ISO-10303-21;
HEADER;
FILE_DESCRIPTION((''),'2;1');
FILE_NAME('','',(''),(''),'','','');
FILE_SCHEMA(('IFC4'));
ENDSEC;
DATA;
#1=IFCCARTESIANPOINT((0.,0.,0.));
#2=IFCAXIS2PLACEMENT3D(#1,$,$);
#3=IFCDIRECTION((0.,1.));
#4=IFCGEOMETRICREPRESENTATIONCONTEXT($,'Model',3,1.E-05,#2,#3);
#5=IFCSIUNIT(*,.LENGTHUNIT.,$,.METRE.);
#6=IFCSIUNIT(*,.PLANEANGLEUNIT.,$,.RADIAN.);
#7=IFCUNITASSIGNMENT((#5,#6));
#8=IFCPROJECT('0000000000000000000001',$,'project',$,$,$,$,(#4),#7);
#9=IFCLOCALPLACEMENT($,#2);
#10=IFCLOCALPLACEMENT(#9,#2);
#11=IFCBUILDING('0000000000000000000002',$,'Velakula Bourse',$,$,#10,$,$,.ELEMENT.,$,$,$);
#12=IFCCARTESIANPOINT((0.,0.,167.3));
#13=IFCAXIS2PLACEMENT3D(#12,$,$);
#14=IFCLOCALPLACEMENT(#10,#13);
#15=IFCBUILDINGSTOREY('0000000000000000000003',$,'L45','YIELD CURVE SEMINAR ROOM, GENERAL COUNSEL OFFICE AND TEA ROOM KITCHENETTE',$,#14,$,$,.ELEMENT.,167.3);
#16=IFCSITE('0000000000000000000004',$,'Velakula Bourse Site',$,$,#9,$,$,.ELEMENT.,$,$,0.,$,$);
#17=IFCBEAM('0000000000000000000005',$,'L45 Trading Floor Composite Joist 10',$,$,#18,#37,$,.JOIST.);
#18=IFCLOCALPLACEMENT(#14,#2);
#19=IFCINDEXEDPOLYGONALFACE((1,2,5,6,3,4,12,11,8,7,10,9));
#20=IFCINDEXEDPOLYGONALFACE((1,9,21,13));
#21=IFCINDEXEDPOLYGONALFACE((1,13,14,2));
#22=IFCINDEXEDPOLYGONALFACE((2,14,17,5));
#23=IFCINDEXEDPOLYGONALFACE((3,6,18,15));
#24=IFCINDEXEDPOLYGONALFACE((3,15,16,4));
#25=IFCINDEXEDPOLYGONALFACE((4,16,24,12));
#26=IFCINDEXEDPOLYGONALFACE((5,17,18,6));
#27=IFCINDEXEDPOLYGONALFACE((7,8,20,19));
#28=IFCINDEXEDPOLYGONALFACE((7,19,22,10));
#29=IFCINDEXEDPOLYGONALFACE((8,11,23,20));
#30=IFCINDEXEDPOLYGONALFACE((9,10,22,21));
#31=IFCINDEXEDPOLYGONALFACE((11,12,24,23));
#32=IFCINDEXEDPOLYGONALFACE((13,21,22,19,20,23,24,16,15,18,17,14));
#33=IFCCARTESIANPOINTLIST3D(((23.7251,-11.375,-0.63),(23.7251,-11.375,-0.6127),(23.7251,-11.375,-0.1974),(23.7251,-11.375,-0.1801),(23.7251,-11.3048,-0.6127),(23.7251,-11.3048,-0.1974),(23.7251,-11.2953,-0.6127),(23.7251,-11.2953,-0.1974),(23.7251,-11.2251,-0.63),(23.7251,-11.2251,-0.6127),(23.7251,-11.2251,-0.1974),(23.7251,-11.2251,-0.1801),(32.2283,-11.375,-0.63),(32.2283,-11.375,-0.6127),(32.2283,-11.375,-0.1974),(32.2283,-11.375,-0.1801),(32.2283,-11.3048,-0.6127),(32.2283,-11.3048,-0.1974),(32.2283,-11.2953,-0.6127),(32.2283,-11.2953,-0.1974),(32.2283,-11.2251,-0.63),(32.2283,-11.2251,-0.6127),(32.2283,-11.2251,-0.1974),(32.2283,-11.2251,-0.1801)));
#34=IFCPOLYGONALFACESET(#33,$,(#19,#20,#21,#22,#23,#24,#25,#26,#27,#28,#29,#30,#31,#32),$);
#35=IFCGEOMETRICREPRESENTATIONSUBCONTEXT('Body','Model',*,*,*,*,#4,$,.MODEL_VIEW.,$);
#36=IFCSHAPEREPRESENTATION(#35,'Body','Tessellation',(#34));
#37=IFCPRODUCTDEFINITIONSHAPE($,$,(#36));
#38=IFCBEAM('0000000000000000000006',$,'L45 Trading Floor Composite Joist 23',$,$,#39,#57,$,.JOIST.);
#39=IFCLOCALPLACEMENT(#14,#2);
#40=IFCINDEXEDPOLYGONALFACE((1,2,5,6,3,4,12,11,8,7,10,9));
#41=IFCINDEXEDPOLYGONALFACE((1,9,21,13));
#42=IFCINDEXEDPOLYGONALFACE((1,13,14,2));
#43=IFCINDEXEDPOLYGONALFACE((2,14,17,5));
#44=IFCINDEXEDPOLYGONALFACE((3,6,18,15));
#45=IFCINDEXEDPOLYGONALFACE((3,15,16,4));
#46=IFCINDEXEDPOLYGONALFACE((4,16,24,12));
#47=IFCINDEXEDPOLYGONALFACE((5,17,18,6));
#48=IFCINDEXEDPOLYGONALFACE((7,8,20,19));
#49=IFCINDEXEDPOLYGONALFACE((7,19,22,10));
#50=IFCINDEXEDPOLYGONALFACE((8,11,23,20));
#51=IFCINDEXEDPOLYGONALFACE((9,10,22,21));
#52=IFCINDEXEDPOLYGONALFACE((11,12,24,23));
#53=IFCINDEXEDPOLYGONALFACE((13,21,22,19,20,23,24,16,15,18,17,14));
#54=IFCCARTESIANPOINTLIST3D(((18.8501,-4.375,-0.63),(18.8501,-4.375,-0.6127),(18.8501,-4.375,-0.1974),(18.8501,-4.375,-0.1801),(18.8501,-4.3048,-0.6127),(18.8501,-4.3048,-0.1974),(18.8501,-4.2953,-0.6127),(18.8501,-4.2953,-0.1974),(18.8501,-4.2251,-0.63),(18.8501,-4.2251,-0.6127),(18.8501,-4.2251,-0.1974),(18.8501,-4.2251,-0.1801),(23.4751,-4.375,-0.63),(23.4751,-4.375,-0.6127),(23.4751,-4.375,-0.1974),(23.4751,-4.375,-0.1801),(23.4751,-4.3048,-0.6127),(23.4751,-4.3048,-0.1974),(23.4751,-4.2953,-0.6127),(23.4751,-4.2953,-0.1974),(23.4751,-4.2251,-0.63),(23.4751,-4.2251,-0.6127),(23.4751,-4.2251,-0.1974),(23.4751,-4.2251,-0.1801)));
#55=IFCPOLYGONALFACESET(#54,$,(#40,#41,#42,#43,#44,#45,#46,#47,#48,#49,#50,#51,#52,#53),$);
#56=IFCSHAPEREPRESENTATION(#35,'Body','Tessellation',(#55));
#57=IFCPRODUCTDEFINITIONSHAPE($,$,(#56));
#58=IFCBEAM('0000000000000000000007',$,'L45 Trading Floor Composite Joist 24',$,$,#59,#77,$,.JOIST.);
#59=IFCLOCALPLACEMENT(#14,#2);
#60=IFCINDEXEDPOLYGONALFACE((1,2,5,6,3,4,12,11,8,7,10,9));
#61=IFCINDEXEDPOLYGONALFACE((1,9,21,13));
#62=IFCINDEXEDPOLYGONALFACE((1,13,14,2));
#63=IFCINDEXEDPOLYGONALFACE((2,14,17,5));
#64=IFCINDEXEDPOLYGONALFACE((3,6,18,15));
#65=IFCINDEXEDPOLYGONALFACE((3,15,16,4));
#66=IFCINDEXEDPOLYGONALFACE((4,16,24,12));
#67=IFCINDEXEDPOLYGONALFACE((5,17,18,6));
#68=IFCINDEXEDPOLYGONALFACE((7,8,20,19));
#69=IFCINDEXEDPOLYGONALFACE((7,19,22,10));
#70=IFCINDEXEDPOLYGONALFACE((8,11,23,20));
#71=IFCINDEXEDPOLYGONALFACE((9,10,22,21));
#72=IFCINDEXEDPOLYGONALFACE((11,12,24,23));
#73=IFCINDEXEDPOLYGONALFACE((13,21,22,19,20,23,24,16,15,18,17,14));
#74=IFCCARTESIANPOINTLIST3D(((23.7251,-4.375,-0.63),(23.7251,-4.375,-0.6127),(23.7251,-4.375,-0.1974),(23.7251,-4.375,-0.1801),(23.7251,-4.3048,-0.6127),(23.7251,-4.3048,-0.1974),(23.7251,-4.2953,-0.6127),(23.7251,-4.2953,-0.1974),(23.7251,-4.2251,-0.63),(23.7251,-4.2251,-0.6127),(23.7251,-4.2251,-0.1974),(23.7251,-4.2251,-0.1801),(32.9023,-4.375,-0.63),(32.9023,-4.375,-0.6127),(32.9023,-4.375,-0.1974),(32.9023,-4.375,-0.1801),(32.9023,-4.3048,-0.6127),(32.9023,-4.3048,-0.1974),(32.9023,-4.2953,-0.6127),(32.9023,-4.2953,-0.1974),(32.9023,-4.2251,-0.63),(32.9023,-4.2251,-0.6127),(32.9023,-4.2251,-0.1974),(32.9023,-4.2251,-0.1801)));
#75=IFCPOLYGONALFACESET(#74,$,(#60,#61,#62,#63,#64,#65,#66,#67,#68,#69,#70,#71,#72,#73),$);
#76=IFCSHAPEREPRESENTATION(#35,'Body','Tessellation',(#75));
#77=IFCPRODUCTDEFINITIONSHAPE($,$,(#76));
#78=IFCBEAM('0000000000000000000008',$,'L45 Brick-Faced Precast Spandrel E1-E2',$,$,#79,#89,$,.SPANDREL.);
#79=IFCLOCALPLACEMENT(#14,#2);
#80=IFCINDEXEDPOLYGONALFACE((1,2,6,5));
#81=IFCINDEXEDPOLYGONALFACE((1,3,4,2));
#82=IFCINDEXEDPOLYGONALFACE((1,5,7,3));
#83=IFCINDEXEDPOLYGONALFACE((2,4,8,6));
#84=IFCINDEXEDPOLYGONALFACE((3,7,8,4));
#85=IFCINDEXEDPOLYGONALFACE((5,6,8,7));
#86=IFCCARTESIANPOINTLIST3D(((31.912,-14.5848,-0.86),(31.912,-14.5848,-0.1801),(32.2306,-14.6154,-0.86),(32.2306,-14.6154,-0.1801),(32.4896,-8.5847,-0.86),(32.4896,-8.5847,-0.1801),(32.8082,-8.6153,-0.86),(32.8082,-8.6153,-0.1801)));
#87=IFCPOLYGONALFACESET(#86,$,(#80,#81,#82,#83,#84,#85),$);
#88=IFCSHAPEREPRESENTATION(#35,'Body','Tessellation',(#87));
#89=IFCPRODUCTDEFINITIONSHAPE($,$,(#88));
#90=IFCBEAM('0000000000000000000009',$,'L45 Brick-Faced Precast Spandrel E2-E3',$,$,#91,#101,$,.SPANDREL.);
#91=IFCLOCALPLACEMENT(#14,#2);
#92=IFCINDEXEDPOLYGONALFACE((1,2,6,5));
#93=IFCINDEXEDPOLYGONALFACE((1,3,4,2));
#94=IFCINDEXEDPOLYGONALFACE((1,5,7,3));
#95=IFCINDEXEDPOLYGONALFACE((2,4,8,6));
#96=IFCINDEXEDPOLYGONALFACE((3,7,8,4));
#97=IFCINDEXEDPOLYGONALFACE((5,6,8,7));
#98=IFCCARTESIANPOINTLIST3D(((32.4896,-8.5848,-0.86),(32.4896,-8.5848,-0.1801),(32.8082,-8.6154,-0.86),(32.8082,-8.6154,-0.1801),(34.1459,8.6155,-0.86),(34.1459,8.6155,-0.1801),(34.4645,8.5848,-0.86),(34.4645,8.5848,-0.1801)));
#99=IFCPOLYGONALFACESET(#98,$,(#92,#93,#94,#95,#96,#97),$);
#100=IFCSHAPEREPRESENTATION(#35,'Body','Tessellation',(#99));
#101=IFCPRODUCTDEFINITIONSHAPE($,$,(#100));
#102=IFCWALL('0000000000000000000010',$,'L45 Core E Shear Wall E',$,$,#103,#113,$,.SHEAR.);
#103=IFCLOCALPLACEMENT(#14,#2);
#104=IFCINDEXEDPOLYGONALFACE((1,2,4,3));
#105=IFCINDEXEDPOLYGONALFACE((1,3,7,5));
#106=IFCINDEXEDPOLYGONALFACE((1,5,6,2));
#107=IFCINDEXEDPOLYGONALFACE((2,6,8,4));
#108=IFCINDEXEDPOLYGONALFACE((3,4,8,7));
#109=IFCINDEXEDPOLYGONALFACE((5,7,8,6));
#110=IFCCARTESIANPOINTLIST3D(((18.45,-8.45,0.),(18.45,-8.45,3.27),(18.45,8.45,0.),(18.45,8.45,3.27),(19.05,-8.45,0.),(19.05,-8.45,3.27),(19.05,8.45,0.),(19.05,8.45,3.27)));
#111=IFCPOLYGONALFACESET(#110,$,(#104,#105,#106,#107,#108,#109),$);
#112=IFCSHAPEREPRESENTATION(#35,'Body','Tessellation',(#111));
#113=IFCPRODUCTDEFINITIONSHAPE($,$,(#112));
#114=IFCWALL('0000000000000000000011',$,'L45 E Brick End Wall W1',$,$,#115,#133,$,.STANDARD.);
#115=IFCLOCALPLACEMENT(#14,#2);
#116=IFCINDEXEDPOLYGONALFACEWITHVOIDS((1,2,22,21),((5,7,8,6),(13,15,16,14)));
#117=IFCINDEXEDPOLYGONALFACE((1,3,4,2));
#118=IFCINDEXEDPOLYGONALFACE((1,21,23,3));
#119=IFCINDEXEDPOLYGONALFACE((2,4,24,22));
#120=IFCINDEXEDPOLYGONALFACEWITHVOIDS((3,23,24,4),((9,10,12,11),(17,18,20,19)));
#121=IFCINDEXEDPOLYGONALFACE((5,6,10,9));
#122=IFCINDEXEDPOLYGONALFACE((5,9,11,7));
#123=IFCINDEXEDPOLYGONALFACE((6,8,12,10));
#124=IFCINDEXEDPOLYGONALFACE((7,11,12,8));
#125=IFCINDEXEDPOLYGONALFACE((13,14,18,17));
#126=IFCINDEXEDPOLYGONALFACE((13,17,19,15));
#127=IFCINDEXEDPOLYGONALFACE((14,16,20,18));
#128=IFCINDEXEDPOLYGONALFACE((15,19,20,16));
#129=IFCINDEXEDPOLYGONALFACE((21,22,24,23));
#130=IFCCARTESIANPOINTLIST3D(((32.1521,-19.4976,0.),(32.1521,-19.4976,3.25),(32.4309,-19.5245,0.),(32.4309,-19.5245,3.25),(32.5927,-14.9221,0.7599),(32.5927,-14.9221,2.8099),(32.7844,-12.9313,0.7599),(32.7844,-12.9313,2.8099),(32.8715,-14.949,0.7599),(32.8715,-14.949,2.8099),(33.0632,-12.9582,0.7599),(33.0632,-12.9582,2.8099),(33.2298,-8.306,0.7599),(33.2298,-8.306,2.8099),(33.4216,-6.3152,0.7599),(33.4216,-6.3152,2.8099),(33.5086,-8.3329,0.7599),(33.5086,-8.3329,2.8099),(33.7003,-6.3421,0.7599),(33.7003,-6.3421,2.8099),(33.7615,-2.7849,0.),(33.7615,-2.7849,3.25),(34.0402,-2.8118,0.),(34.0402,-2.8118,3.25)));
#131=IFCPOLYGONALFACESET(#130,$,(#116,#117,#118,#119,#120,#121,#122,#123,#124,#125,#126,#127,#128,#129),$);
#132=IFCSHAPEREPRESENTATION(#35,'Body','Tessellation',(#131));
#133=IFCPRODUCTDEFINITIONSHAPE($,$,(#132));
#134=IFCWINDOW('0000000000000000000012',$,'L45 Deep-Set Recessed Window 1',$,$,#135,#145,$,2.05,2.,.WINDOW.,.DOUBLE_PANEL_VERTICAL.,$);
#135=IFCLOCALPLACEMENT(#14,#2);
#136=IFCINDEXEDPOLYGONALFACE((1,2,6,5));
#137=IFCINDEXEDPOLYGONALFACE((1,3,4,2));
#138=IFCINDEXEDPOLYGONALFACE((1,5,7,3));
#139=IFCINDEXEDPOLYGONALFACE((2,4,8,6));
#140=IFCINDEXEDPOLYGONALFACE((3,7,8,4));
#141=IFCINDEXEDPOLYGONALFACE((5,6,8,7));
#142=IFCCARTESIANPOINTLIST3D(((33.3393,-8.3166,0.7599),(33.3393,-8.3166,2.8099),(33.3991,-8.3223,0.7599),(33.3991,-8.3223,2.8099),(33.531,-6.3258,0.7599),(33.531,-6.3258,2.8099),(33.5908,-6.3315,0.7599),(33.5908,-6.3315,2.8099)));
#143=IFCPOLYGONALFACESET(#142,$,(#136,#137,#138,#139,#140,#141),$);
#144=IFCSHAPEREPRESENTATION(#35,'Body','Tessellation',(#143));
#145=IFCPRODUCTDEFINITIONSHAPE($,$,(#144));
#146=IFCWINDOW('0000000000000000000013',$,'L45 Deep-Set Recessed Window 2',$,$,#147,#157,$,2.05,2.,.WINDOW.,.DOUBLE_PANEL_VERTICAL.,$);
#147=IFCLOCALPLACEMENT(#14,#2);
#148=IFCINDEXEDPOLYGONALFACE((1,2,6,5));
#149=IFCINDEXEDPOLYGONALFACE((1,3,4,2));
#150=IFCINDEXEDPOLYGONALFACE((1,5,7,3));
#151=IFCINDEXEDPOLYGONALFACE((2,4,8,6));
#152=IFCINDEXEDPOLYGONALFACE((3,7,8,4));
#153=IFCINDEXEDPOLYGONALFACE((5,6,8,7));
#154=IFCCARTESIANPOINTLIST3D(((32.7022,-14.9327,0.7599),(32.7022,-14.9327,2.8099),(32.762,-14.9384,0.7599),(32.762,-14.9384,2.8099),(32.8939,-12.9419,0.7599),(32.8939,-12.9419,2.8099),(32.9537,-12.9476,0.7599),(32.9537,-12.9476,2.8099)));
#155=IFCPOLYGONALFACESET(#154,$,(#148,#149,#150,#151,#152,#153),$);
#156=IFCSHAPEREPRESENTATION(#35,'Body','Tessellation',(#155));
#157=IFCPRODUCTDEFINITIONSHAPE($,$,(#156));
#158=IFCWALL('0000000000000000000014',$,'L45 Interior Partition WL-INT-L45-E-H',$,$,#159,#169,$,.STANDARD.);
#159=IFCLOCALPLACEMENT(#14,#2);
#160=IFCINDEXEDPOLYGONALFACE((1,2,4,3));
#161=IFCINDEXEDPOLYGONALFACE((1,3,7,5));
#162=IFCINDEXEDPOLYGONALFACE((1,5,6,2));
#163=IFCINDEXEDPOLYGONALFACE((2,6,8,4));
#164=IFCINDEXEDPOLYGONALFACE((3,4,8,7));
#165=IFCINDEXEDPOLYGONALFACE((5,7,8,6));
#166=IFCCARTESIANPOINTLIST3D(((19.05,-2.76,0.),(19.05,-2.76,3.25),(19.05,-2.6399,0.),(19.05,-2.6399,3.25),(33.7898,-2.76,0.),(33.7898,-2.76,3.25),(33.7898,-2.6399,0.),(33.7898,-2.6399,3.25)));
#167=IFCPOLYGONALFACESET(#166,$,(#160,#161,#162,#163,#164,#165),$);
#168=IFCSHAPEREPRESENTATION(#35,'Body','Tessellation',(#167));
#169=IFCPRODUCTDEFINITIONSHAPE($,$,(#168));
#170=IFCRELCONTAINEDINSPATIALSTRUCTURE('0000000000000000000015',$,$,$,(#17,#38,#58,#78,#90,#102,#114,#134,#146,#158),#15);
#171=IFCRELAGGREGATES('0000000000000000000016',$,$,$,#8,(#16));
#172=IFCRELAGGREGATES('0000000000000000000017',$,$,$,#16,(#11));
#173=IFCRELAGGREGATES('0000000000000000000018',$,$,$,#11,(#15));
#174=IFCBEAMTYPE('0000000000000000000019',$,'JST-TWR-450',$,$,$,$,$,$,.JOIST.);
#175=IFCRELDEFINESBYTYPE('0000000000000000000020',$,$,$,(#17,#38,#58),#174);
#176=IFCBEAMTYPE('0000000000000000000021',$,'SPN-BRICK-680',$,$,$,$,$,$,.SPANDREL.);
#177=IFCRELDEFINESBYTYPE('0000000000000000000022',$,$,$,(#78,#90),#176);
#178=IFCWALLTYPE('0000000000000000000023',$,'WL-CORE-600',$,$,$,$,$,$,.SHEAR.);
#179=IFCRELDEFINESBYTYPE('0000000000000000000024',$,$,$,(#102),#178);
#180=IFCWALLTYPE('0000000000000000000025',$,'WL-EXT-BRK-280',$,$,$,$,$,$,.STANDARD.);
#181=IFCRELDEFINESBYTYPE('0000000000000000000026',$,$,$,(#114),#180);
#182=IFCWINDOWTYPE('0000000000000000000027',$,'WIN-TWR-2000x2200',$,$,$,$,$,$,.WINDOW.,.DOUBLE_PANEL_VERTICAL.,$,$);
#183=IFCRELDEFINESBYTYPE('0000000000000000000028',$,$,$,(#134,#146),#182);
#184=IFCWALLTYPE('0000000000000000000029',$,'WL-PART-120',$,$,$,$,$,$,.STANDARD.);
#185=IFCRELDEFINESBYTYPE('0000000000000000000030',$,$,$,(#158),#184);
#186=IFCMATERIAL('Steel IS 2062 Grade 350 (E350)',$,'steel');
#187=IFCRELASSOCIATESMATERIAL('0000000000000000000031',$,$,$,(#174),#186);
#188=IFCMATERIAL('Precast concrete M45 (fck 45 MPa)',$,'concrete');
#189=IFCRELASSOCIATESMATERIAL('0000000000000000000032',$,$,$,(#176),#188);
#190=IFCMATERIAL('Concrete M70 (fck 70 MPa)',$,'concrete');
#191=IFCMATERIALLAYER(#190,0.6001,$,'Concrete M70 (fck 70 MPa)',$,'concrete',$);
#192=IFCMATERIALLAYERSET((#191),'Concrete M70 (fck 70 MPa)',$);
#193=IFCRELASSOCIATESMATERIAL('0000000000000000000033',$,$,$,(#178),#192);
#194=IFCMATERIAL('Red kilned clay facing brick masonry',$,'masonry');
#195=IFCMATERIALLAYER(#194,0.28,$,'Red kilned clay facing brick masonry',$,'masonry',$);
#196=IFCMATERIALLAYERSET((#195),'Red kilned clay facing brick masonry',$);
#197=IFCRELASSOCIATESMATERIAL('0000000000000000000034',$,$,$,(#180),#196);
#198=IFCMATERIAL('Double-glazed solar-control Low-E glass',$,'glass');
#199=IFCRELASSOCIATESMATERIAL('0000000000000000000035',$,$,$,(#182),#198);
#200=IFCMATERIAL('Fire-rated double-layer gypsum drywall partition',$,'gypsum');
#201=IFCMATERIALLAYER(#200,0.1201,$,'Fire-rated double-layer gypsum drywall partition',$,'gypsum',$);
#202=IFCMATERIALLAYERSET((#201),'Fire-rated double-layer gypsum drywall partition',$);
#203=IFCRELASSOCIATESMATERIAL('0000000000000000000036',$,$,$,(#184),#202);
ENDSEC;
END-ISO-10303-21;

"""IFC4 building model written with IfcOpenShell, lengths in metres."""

from ifc_helpers import new_model, si_unit, direction, frame, frame_2d, origin, origin_2d, place, context, subcontext, project, spatial, rectangle, i_section, extrude, material, layer, layer_set, material_profile, profile_set, type_object, element, fill, save


model = new_model("IFC4")

# Units and contexts
model_context = context("Model", 3, precision=1e-05, world=origin(), true_north=direction((0.0, 1.0)))
body_context = subcontext(model_context, "Body", "Model", "MODEL_VIEW")
ifc_project = project(units=[si_unit("LENGTHUNIT", "METRE"), si_unit("PLANEANGLEUNIT", "RADIAN")], contexts=[model_context])

# Site, building, storey
site_placement = place(None, origin())
site = spatial("IfcSite", under=ifc_project, at=site_placement, Name="Velakula Bourse Site", CompositionType="ELEMENT", RefElevation=0.0)
building_placement = place(site_placement, origin())
building = spatial("IfcBuilding", under=site, at=building_placement, Name="Velakula Bourse", CompositionType="ELEMENT")
storey_placement = place(building_placement, frame((0.0, 0.0, 167.3)))
storey = spatial("IfcBuildingStorey", under=building, at=storey_placement, Name="L45", Description="YIELD CURVE SEMINAR ROOM, GENERAL COUNSEL OFFICE AND TEA ROOM KITCHENETTE", CompositionType="ELEMENT", Elevation=167.3)

# Shared definitions
ifc_material_1 = material(Name="Concrete M70 (fck 70 MPa)", Category="concrete")
ifc_material_2 = material(Name="Steel IS 2062 Grade 350 (E350)", Category="steel")

# Beams
ifc_material_profile_1 = material_profile(ifc_material_2, i_section(OverallWidth=0.1499, OverallDepth=0.45, WebThickness=0.0095, FlangeThickness=0.0173, at=origin_2d()), Name="Steel IS 2062 Grade 350 (E350)")
ifc_profile_set_1 = profile_set([ifc_material_profile_1], Name="Steel IS 2062 Grade 350 (E350)")
beam_type_1 = type_object("IfcBeamType", Name="JST-TWR-450", PredefinedType="JOIST", material=ifc_profile_set_1)
beam_1_placement = place(storey_placement, frame((23.7251, -11.3, -0.405), z_axis=(1.0, 0.0, 0.0), x_axis=(0.0, 1.0, 0.0)))
element("IfcBeam", 1, at=beam_1_placement, inside=storey, type_object=beam_type_1, Name="L45 Trading Floor Composite Joist 10", PredefinedType="JOIST", context=body_context, shape_type="SweptSolid", body=[
    extrude(i_section(OverallWidth=0.1499, OverallDepth=0.45, WebThickness=0.0095, FlangeThickness=0.0173, at=origin_2d()), origin(), (0.0, 0.0, 1.0), 8.5032),
])
beam_2_placement = place(storey_placement, frame((18.8501, -4.3, -0.405), z_axis=(1.0, 0.0, 0.0), x_axis=(0.0, 1.0, 0.0)))
element("IfcBeam", 2, at=beam_2_placement, inside=storey, type_object=beam_type_1, Name="L45 Trading Floor Composite Joist 23", PredefinedType="JOIST", context=body_context, shape_type="SweptSolid", body=[
    extrude(i_section(OverallWidth=0.1499, OverallDepth=0.45, WebThickness=0.0095, FlangeThickness=0.0173, at=origin_2d()), origin(), (0.0, 0.0, 1.0), 4.625),
])
beam_3_placement = place(storey_placement, frame((23.7251, -4.3, -0.405), z_axis=(1.0, 0.0, 0.0), x_axis=(0.0, 1.0, 0.0)))
element("IfcBeam", 3, at=beam_3_placement, inside=storey, type_object=beam_type_1, Name="L45 Trading Floor Composite Joist 24", PredefinedType="JOIST", context=body_context, shape_type="SweptSolid", body=[
    extrude(i_section(OverallWidth=0.1499, OverallDepth=0.45, WebThickness=0.0095, FlangeThickness=0.0173, at=origin_2d()), origin(), (0.0, 0.0, 1.0), 9.1772),
])
ifc_material_3 = material(Name="Precast concrete M45 (fck 45 MPa)", Category="concrete")
ifc_material_profile_2 = material_profile(ifc_material_3, rectangle(XDim=0.3201, YDim=0.6799, at=origin_2d()), Name="Precast concrete M45 (fck 45 MPa)")
ifc_profile_set_2 = profile_set([ifc_material_profile_2], Name="Precast concrete M45 (fck 45 MPa)")
beam_type_2 = type_object("IfcBeamType", Name="SPN-BRICK-680", PredefinedType="SPANDREL", material=ifc_profile_set_2)
beam_4_placement = place(storey_placement, frame((32.0713, -14.6001, -0.52), z_axis=(0.09583, 0.995398, 0.0), x_axis=(-0.995398, 0.09583, 0.0)))
element("IfcBeam", 4, at=beam_4_placement, inside=storey, type_object=beam_type_2, Name="L45 Brick-Faced Precast Spandrel E1-E2", PredefinedType="SPANDREL", context=body_context, shape_type="SweptSolid", body=[
    extrude(rectangle(XDim=0.3201, YDim=0.6799, at=origin_2d()), origin(), (0.0, 0.0, 1.0), 6.0278),
])
beam_5_placement = place(storey_placement, frame((32.6489, -8.6001, -0.52), z_axis=(0.095849, 0.995396, 0.0), x_axis=(-0.995396, 0.095849, 0.0)))
element("IfcBeam", 5, at=beam_5_placement, inside=storey, type_object=beam_type_2, Name="L45 Brick-Faced Precast Spandrel E2-E3", PredefinedType="SPANDREL", context=body_context, shape_type="SweptSolid", body=[
    extrude(rectangle(XDim=0.3201, YDim=0.6799, at=origin_2d()), origin(), (0.0, 0.0, 1.0), 17.2798),
])

# Wall
ifc_layer_1 = layer(ifc_material_1, 0.6001, Name="Concrete M70 (fck 70 MPa)", Category="concrete")
ifc_layer_set_1 = layer_set([ifc_layer_1], Name="Concrete M70 (fck 70 MPa)")
wall_type_1 = type_object("IfcWallType", Name="WL-CORE-600", PredefinedType="SHEAR", material=ifc_layer_set_1)
wall_1_placement = place(storey_placement, frame((18.75, -8.45, 0.0), z_axis=(0.0, 0.0, 1.0), x_axis=(0.0, 1.0, 0.0)))
element("IfcWall", 6, at=wall_1_placement, inside=storey, type_object=wall_type_1, Name="L45 Core E Shear Wall E", PredefinedType="SHEAR", context=body_context, shape_type="SweptSolid", body=[
    extrude(rectangle(XDim=16.8999, YDim=0.6001, at=frame_2d((8.45, 0.0))), origin(), (0.0, 0.0, 1.0), 3.27),
])

# Wall, openings, windows
ifc_material_4 = material(Name="Red kilned clay facing brick masonry", Category="masonry")
ifc_layer_2 = layer(ifc_material_4, 0.28, Name="Red kilned clay facing brick masonry", Category="masonry")
ifc_layer_set_2 = layer_set([ifc_layer_2], Name="Red kilned clay facing brick masonry")
wall_type_2 = type_object("IfcWallType", Name="WL-EXT-BRK-280", PredefinedType="STANDARD", material=ifc_layer_set_2)
wall_2_placement = place(storey_placement, frame((33.9009, -2.7983, 0.0), z_axis=(0.0, 0.0, 1.0), x_axis=(-0.095853, -0.995395, 0.0)))
wall_2 = element("IfcWall", 7, at=wall_2_placement, inside=storey, type_object=wall_type_2, Name="L45 E Brick End Wall W1", PredefinedType="STANDARD", context=body_context, shape_type="SweptSolid", body=[
    extrude(rectangle(XDim=16.79, YDim=0.28, at=frame_2d((8.395, 0.0))), origin(), (0.0, 0.0, 1.0), 3.25),
])
opening_1_placement = place(wall_2_placement, frame((3.5466, 0.0, 0.76)))
opening_1 = element("IfcOpeningElement", 8, at=opening_1_placement, cuts=wall_2, PredefinedType="OPENING", context=body_context, shape_type="SweptSolid", body=[
    extrude(rectangle(XDim=2.0, YDim=2.05, at=frame_2d((1.0, 1.0249))), frame((0.0, 0.1499, 0.0), z_axis=(0.0, -1.0, 0.0), x_axis=(1.0, 0.0, 0.0)), (0.0, 0.0, 1.0), 0.3),
])
opening_2_placement = place(wall_2_placement, frame((10.1934, 0.0, 0.76)))
opening_2 = element("IfcOpeningElement", 9, at=opening_2_placement, cuts=wall_2, PredefinedType="OPENING", context=body_context, shape_type="SweptSolid", body=[
    extrude(rectangle(XDim=2.0, YDim=2.05, at=frame_2d((1.0, 1.0249))), frame((0.0, 0.1499, 0.0), z_axis=(0.0, -1.0, 0.0), x_axis=(1.0, 0.0, 0.0)), (0.0, 0.0, 1.0), 0.3),
])
ifc_material_5 = material(Name="Double-glazed solar-control Low-E glass", Category="glass")
window_type = type_object("IfcWindowType", Name="WIN-TWR-2000x2200", PartitioningType="DOUBLE_PANEL_VERTICAL", PredefinedType="WINDOW", material=ifc_material_5)
window_1_placement = place(opening_1_placement, origin())
window_1 = element("IfcWindow", 10, at=window_1_placement, inside=storey, type_object=window_type, Name="L45 Deep-Set Recessed Window 1", OverallHeight=2.05, OverallWidth=2.0, PartitioningType="DOUBLE_PANEL_VERTICAL", PredefinedType="WINDOW", context=body_context, shape_type="SweptSolid", body=[
    extrude(rectangle(XDim=2.0, YDim=2.05, at=frame_2d((1.0, 1.0249))), frame((0.0, 0.03, 0.0), z_axis=(0.0, -1.0, 0.0), x_axis=(1.0, 0.0, 0.0)), (0.0, 0.0, 1.0), 0.0601),
])
fill(opening_1, window_1)
window_2_placement = place(opening_2_placement, origin())
window_2 = element("IfcWindow", 11, at=window_2_placement, inside=storey, type_object=window_type, Name="L45 Deep-Set Recessed Window 2", OverallHeight=2.05, OverallWidth=2.0, PartitioningType="DOUBLE_PANEL_VERTICAL", PredefinedType="WINDOW", context=body_context, shape_type="SweptSolid", body=[
    extrude(rectangle(XDim=2.0, YDim=2.05, at=frame_2d((1.0, 1.0249))), frame((0.0, 0.03, 0.0), z_axis=(0.0, -1.0, 0.0), x_axis=(1.0, 0.0, 0.0)), (0.0, 0.0, 1.0), 0.0601),
])
fill(opening_2, window_2)

# Wall
ifc_material_6 = material(Name="Fire-rated double-layer gypsum drywall partition", Category="gypsum")
ifc_layer_3 = layer(ifc_material_6, 0.1201, Name="Fire-rated double-layer gypsum drywall partition", Category="gypsum")
ifc_layer_set_3 = layer_set([ifc_layer_3], Name="Fire-rated double-layer gypsum drywall partition")
wall_type_3 = type_object("IfcWallType", Name="WL-PART-120", PredefinedType="STANDARD", material=ifc_layer_set_3)
wall_3_placement = place(storey_placement, frame((19.05, -2.7, 0.0), z_axis=(0.0, 0.0, 1.0), x_axis=(1.0, 0.0, 0.0)))
element("IfcWall", 12, at=wall_3_placement, inside=storey, type_object=wall_type_3, Name="L45 Interior Partition WL-INT-L45-E-H", PredefinedType="STANDARD", context=body_context, shape_type="SweptSolid", body=[
    extrude(rectangle(XDim=14.7397, YDim=0.1201, at=frame_2d((7.3699, 0.0))), origin(), (0.0, 0.0, 1.0), 3.25),
])

save(model, "model.ifc")
